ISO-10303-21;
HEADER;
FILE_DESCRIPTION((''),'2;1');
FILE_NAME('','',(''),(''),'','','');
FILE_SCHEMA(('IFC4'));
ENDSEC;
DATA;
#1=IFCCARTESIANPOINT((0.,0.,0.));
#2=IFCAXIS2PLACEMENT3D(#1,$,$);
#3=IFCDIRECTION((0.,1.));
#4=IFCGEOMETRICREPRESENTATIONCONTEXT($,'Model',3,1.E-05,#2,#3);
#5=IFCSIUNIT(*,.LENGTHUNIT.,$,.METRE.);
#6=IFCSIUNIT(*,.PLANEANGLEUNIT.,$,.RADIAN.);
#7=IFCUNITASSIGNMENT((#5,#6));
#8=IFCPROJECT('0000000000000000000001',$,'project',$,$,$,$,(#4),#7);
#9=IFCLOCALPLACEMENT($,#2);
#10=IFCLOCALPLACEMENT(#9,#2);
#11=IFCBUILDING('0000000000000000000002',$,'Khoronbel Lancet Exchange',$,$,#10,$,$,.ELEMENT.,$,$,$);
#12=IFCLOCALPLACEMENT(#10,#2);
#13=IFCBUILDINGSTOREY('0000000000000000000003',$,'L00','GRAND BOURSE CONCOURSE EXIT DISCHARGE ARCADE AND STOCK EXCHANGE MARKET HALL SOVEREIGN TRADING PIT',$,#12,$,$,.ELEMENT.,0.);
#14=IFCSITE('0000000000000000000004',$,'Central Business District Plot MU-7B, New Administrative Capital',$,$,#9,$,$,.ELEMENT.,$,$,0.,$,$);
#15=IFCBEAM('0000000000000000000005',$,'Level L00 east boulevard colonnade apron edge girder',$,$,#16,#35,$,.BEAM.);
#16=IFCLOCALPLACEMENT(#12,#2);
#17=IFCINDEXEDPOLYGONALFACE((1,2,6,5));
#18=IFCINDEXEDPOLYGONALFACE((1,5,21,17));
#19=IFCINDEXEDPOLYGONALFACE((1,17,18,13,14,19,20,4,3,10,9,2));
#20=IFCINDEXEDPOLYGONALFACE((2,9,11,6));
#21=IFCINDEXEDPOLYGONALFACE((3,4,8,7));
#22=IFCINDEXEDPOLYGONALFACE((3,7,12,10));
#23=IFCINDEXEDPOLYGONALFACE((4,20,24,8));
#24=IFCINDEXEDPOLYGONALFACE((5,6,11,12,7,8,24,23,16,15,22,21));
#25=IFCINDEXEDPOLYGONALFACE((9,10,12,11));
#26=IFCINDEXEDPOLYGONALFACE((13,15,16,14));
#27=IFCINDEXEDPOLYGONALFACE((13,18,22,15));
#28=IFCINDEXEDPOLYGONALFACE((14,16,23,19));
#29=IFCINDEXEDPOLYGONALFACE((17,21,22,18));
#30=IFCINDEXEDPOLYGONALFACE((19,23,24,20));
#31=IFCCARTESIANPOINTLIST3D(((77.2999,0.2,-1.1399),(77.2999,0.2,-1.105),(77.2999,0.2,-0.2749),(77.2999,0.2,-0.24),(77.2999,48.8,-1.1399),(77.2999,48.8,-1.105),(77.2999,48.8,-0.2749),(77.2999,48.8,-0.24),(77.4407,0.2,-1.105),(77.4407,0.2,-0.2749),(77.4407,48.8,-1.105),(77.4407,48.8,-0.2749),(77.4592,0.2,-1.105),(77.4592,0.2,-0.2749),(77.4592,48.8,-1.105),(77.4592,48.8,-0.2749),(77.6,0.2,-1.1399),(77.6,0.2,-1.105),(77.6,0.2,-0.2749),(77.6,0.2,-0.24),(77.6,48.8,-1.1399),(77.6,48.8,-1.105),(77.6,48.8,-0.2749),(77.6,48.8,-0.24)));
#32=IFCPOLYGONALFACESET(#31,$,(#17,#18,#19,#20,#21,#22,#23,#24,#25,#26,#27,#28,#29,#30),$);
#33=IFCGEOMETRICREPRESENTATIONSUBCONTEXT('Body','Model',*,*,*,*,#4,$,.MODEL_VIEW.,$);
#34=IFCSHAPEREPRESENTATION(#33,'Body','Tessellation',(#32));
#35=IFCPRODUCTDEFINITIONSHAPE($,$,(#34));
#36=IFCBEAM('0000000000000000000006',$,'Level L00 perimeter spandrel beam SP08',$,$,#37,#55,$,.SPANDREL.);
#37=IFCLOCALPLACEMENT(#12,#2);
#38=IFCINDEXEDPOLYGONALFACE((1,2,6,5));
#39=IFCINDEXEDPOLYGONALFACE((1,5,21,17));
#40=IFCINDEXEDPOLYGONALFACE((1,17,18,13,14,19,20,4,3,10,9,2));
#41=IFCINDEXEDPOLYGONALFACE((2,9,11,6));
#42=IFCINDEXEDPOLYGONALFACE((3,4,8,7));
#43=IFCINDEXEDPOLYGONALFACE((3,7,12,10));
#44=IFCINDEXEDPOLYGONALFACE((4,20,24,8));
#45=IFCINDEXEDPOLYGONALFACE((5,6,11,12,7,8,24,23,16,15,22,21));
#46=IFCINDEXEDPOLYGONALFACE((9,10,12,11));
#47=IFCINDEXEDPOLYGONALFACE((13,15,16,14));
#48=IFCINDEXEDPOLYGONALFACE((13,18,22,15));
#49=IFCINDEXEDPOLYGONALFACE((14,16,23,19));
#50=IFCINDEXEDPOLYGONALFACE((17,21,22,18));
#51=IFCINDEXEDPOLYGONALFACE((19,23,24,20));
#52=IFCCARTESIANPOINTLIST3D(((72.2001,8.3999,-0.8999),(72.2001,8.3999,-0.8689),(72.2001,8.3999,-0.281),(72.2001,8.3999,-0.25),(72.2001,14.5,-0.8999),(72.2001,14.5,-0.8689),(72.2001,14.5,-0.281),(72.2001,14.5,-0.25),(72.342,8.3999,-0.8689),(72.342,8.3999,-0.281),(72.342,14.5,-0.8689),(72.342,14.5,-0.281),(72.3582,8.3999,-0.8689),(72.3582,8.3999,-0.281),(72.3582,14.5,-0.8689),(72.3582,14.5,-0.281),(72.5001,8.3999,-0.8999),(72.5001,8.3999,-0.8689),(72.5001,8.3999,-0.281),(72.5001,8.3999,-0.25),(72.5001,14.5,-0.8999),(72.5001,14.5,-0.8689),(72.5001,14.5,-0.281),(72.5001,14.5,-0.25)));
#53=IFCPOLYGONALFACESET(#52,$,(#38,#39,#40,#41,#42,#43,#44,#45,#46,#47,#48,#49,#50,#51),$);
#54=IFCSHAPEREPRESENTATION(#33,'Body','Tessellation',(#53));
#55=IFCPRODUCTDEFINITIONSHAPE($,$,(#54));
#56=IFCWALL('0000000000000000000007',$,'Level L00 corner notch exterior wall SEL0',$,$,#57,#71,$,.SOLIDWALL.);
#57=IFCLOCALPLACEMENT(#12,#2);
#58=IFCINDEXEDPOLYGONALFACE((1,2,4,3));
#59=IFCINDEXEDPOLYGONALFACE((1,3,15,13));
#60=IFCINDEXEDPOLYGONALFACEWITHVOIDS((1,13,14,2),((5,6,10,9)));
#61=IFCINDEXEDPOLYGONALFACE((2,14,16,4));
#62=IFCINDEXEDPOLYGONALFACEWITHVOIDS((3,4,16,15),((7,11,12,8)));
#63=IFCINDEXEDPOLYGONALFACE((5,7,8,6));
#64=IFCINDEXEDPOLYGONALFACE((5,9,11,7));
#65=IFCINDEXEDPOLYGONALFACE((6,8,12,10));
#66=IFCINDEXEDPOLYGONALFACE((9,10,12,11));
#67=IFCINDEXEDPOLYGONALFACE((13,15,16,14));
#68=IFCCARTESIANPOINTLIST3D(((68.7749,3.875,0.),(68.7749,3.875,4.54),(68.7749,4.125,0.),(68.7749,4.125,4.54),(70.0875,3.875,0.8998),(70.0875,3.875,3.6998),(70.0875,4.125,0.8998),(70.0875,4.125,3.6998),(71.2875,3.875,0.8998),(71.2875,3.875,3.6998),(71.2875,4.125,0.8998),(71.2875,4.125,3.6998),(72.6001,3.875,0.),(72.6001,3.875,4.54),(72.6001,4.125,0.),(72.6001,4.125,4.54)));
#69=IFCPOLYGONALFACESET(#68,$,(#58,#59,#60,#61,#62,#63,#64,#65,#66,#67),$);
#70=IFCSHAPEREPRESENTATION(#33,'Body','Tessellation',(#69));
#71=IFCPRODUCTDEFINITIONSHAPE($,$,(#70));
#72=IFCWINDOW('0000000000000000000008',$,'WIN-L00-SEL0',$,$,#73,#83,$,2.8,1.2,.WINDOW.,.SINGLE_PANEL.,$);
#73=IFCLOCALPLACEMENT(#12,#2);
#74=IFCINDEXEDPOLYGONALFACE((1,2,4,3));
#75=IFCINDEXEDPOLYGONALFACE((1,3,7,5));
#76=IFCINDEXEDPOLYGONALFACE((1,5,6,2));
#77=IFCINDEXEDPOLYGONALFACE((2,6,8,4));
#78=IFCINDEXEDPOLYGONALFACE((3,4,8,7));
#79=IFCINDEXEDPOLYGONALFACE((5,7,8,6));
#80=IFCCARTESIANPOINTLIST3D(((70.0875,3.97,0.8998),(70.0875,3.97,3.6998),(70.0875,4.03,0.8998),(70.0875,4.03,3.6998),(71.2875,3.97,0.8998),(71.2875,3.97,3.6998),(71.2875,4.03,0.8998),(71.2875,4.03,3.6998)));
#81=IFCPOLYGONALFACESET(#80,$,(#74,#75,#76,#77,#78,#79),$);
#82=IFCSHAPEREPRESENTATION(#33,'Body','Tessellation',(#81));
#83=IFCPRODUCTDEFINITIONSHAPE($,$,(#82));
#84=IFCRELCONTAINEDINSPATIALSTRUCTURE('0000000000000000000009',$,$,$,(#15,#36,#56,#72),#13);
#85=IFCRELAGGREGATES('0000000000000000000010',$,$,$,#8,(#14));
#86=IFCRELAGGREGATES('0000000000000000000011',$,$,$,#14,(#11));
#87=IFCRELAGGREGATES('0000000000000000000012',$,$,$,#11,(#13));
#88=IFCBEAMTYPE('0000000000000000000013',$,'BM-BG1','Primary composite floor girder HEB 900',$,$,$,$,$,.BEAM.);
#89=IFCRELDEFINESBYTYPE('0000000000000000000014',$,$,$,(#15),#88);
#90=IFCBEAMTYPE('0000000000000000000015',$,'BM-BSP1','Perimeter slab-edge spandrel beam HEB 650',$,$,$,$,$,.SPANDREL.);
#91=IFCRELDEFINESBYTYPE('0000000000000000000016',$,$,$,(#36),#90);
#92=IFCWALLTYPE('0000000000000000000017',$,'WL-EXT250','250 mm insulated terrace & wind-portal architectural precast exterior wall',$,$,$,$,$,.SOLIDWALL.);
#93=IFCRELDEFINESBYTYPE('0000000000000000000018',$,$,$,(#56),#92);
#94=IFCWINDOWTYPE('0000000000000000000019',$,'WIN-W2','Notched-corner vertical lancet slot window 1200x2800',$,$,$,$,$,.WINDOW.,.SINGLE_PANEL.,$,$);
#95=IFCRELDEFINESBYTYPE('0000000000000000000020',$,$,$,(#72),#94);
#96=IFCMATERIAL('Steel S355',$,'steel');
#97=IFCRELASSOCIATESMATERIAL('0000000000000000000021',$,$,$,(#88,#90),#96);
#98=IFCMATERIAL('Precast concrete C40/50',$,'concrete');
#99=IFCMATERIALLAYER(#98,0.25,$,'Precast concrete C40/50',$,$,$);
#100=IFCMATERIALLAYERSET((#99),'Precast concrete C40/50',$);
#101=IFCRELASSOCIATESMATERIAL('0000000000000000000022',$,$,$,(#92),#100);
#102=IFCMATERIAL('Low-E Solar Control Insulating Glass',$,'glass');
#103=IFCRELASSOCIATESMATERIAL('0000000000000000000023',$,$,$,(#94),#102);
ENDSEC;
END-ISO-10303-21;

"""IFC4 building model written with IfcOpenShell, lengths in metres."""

from ifc_helpers import new_model, si_unit, direction, frame, frame_2d, origin, origin_2d, place, context, subcontext, project, spatial, rectangle, i_section, extrude, material, layer, layer_set, material_profile, profile_set, type_object, element, fill, save


model = new_model("IFC4")

# Units and contexts
model_context = context("Model", 3, precision=1e-05, world=origin(), true_north=direction((0.0, 1.0)))
body_context = subcontext(model_context, "Body", "Model", "MODEL_VIEW")
ifc_project = project(units=[si_unit("LENGTHUNIT", "METRE"), si_unit("PLANEANGLEUNIT", "RADIAN")], contexts=[model_context])

# Site, building, storey
site_placement = place(None, origin())
site = spatial("IfcSite", under=ifc_project, at=site_placement, Name="Central Business District Plot MU-7B, New Administrative Capital", CompositionType="ELEMENT", RefElevation=0.0)
building_placement = place(site_placement, origin())
building = spatial("IfcBuilding", under=site, at=building_placement, Name="Khoronbel Lancet Exchange", CompositionType="ELEMENT")
storey_placement = place(building_placement, origin())
storey = spatial("IfcBuildingStorey", under=building, at=storey_placement, Name="L00", Description="GRAND BOURSE CONCOURSE EXIT DISCHARGE ARCADE AND STOCK EXCHANGE MARKET HALL SOVEREIGN TRADING PIT", CompositionType="ELEMENT", Elevation=0.0)

# Beams
ifc_material_1 = material(Name="Steel S355", Category="steel")
ifc_material_profile_1 = material_profile(ifc_material_1, i_section(OverallWidth=0.3, OverallDepth=0.8999, WebThickness=0.0186, FlangeThickness=0.0349, at=origin_2d()), Name="HEB 900")
ifc_profile_set_1 = profile_set([ifc_material_profile_1], Name="Steel S355")
beam_type_1 = type_object("IfcBeamType", Name="BM-BG1", Description="Primary composite floor girder HEB 900", PredefinedType="BEAM", material=ifc_profile_set_1)
beam_1_placement = place(storey_placement, frame((77.45, 0.2, -0.6899), z_axis=(0.0, 1.0, 0.0), x_axis=(-1.0, 0.0, 0.0)))
element("IfcBeam", 1, at=beam_1_placement, inside=storey, type_object=beam_type_1, Name="Level L00 east boulevard colonnade apron edge girder", PredefinedType="BEAM", context=body_context, shape_type="SweptSolid", body=[
    extrude(i_section(OverallWidth=0.3, OverallDepth=0.8999, WebThickness=0.0186, FlangeThickness=0.0349, at=origin_2d()), origin(), (0.0, 0.0, 1.0), 48.6001),
])
ifc_material_profile_2 = material_profile(ifc_material_1, i_section(OverallWidth=0.3, OverallDepth=0.6499, WebThickness=0.0161, FlangeThickness=0.031, at=origin_2d()), Name="HEB 650")
ifc_profile_set_2 = profile_set([ifc_material_profile_2], Name="Steel S355")
beam_type_2 = type_object("IfcBeamType", Name="BM-BSP1", Description="Perimeter slab-edge spandrel beam HEB 650", PredefinedType="SPANDREL", material=ifc_profile_set_2)
beam_2_placement = place(storey_placement, frame((72.3501, 8.3999, -0.575), z_axis=(0.0, 1.0, 0.0), x_axis=(-1.0, 0.0, 0.0)))
element("IfcBeam", 2, at=beam_2_placement, inside=storey, type_object=beam_type_2, Name="Level L00 perimeter spandrel beam SP08", PredefinedType="SPANDREL", context=body_context, shape_type="SweptSolid", body=[
    extrude(i_section(OverallWidth=0.3, OverallDepth=0.6499, WebThickness=0.0161, FlangeThickness=0.031, at=origin_2d()), origin(), (0.0, 0.0, 1.0), 6.1001),
])

# Wall, opening, window
ifc_material_2 = material(Name="Precast concrete C40/50", Category="concrete")
ifc_layer_1 = layer(ifc_material_2, 0.25, Name="Precast concrete C40/50")
ifc_layer_set_1 = layer_set([ifc_layer_1], Name="Precast concrete C40/50")
wall_type_1 = type_object("IfcWallType", Name="WL-EXT250", Description="250 mm insulated terrace & wind-portal architectural precast exterior wall", PredefinedType="SOLIDWALL", material=ifc_layer_set_1)
wall_1_placement = place(storey_placement, frame((72.6001, 4.0, 0.0), z_axis=(0.0, 0.0, 1.0), x_axis=(-1.0, 0.0, 0.0)))
wall_1 = element("IfcWall", 3, at=wall_1_placement, inside=storey, type_object=wall_type_1, Name="Level L00 corner notch exterior wall SEL0", PredefinedType="SOLIDWALL", context=body_context, shape_type="SweptSolid", body=[
    extrude(rectangle(XDim=3.8252, YDim=0.25, at=frame_2d((1.9126, 0.0))), origin(), (0.0, 0.0, 1.0), 4.54),
])
opening_1_placement = place(wall_1_placement, frame((1.3125, 0.0, 0.8999)))
opening_1 = element("IfcOpeningElement", 4, at=opening_1_placement, cuts=wall_1, PredefinedType="OPENING", context=body_context, shape_type="SweptSolid", body=[
    extrude(rectangle(XDim=1.2, YDim=2.8, at=frame_2d((0.6001, 1.3999))), frame((0.0, 0.135, 0.0), z_axis=(0.0, -1.0, 0.0), x_axis=(1.0, 0.0, 0.0)), (0.0, 0.0, 1.0), 0.27),
])
ifc_material_3 = material(Name="Low-E Solar Control Insulating Glass", Category="glass")
window_type_1 = type_object("IfcWindowType", Name="WIN-W2", Description="Notched-corner vertical lancet slot window 1200x2800", PartitioningType="SINGLE_PANEL", PredefinedType="WINDOW", material=ifc_material_3)
window_1_placement = place(opening_1_placement, origin())
window_1 = element("IfcWindow", 5, at=window_1_placement, inside=storey, type_object=window_type_1, Name="WIN-L00-SEL0", OverallHeight=2.8, OverallWidth=1.2, PartitioningType="SINGLE_PANEL", PredefinedType="WINDOW", context=body_context, shape_type="SweptSolid", body=[
    extrude(rectangle(XDim=1.2, YDim=2.8, at=frame_2d((0.6001, 1.3999))), frame((0.0, 0.03, 0.0), z_axis=(0.0, -1.0, 0.0), x_axis=(1.0, 0.0, 0.0)), (0.0, 0.0, 1.0), 0.0601),
])
fill(opening_1, window_1)

save(model, "model.ifc")
